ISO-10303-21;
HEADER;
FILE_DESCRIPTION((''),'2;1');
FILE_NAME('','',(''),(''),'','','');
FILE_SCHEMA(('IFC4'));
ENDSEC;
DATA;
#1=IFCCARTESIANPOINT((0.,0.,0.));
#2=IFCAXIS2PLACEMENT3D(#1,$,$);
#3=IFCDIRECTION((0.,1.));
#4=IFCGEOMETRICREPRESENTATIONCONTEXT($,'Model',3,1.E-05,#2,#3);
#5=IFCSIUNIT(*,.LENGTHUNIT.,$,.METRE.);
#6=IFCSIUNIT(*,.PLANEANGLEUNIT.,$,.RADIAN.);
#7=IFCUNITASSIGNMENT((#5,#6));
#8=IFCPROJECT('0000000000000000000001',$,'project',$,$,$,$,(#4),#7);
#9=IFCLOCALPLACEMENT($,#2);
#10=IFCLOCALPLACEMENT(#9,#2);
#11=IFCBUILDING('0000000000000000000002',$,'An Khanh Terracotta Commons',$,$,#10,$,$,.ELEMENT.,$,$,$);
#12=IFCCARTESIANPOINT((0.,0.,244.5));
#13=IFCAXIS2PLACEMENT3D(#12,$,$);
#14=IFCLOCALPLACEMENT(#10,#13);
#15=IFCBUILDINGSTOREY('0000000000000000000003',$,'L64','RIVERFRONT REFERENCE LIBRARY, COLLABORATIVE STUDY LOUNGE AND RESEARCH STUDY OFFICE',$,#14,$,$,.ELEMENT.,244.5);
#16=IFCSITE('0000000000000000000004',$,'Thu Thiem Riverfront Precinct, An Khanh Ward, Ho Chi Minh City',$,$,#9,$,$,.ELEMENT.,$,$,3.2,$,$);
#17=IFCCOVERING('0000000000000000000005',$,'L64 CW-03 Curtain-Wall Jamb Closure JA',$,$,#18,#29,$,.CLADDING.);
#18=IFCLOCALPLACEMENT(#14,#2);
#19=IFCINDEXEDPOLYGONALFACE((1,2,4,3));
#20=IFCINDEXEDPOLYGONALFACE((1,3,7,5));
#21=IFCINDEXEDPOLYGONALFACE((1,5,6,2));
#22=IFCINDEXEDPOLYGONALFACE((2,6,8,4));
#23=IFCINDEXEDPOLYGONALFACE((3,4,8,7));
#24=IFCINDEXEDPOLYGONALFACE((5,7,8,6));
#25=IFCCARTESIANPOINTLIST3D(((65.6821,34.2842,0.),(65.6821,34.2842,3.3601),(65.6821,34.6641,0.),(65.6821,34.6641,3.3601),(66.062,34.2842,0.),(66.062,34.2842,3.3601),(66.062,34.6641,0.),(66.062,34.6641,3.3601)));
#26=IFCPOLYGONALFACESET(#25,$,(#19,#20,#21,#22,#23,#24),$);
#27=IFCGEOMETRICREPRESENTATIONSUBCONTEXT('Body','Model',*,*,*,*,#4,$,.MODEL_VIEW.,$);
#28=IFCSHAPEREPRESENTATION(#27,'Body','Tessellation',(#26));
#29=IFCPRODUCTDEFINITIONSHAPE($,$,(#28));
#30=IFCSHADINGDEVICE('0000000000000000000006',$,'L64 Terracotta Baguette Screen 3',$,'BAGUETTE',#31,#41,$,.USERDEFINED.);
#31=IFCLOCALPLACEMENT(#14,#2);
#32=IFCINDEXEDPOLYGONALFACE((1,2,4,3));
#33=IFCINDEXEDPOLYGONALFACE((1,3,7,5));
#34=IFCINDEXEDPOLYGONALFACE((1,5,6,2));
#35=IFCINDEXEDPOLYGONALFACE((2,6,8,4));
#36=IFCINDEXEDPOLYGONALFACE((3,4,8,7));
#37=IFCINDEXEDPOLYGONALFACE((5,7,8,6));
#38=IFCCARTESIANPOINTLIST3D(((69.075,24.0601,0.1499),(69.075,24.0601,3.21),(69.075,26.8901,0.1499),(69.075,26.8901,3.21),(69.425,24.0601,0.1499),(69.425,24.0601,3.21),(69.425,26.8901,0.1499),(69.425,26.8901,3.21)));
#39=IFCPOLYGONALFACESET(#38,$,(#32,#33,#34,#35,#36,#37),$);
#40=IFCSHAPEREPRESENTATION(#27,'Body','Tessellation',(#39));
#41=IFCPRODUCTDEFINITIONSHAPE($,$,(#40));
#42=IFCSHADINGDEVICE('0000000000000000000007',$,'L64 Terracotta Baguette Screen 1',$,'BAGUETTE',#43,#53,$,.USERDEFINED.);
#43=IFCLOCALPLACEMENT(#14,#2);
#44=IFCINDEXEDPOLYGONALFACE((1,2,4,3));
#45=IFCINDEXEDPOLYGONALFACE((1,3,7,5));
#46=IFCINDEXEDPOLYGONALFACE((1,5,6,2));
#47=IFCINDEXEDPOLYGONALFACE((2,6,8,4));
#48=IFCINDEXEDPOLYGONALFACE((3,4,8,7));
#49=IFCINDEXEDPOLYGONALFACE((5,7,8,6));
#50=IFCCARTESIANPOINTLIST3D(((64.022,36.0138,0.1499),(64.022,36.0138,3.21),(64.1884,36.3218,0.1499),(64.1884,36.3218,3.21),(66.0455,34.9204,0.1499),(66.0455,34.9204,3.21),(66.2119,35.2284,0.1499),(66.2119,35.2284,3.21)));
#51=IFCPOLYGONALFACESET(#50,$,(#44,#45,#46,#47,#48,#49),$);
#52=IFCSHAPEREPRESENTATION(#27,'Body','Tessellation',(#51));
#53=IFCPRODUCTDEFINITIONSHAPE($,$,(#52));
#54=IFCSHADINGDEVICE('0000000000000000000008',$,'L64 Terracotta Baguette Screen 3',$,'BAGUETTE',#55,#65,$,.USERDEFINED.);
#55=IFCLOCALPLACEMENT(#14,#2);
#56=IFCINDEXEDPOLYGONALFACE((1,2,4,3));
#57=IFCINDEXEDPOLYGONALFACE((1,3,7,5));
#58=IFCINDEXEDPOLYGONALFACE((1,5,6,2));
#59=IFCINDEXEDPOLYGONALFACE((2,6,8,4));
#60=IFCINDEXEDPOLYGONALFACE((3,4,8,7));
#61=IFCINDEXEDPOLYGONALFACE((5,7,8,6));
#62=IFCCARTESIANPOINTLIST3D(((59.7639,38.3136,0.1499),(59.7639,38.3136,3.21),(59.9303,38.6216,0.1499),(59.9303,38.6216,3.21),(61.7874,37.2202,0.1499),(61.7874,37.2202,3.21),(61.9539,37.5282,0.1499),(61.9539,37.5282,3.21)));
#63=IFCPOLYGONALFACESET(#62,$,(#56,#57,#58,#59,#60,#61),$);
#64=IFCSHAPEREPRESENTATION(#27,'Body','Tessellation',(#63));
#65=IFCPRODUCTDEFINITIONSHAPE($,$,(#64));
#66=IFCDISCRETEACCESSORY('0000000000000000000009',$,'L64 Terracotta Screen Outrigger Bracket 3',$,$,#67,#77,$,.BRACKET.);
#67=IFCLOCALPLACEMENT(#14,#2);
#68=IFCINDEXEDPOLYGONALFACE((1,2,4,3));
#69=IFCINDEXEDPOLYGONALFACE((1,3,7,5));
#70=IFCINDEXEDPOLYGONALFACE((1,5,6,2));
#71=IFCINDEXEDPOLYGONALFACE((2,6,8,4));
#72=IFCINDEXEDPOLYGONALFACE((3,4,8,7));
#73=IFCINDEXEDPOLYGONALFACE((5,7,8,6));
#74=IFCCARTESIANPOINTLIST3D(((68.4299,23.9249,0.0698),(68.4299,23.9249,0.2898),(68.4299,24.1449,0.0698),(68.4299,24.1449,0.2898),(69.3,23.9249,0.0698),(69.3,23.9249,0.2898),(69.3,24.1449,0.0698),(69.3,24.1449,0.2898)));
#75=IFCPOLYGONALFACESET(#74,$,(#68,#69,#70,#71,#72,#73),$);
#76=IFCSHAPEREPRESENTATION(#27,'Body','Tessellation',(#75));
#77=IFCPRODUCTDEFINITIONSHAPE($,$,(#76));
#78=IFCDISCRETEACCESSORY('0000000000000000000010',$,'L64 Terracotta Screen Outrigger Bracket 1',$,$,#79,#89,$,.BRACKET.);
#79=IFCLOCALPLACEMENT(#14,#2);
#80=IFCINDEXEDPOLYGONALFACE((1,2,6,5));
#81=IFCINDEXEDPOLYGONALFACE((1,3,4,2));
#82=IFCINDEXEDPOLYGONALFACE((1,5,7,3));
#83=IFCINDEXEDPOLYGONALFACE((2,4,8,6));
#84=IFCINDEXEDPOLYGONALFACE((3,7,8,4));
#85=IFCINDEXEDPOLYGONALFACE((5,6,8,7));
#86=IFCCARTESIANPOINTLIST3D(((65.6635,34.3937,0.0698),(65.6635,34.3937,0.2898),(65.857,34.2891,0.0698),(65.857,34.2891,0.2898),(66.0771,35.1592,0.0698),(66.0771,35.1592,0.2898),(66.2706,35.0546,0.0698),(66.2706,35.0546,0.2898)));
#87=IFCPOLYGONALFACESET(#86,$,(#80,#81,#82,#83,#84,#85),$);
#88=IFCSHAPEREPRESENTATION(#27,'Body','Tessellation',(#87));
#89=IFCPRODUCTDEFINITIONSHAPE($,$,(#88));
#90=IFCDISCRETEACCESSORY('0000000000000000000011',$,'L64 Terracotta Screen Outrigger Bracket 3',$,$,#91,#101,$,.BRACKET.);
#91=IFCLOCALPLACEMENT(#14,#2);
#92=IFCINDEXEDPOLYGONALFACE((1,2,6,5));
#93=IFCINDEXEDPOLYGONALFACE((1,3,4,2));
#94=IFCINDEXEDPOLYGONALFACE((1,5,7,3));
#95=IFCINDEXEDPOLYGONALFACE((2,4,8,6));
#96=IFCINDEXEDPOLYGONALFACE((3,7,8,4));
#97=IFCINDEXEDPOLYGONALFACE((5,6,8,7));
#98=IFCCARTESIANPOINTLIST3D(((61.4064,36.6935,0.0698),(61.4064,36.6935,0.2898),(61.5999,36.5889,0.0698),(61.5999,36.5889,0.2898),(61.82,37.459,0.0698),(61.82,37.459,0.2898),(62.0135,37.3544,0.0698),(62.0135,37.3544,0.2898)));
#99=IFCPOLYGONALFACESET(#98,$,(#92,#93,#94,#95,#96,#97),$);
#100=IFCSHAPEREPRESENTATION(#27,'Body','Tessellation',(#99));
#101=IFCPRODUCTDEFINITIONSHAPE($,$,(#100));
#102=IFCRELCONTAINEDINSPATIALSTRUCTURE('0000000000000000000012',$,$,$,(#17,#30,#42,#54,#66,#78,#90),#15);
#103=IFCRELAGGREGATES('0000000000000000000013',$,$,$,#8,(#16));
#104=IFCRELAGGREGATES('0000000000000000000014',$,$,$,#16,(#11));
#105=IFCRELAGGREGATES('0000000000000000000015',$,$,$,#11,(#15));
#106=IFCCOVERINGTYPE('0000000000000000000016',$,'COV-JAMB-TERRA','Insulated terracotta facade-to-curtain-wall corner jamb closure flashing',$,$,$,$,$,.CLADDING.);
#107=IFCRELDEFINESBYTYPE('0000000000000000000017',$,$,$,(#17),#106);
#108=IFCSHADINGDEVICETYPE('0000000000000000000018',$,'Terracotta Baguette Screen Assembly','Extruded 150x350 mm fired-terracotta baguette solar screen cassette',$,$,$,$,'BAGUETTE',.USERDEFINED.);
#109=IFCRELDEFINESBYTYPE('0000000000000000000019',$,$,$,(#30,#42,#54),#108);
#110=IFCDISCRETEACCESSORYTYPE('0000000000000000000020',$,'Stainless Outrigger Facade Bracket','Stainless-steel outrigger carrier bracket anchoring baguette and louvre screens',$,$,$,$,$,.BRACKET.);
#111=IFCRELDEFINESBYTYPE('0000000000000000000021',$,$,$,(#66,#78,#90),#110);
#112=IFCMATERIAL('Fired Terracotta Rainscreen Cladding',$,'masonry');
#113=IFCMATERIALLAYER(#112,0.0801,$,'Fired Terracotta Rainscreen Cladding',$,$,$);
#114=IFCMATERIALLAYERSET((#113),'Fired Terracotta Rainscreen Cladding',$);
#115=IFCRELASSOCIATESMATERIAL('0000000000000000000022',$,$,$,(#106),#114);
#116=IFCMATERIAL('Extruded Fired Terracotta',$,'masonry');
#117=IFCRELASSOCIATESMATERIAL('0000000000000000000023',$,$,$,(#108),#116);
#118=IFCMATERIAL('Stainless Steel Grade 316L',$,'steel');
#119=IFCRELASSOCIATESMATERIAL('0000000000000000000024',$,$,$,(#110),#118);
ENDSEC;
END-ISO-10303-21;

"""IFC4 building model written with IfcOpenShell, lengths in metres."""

from ifc_helpers import new_model, si_unit, direction, frame, origin, origin_2d, place, context, subcontext, project, spatial, rectangle, extrude, material, layer, layer_set, type_object, element, save


model = new_model("IFC4")

# Units and contexts
model_context = context("Model", 3, precision=1e-05, world=origin(), true_north=direction((0.0, 1.0)))
body_context = subcontext(model_context, "Body", "Model", "MODEL_VIEW")
ifc_project = project(units=[si_unit("LENGTHUNIT", "METRE"), si_unit("PLANEANGLEUNIT", "RADIAN")], contexts=[model_context])

# Site, building, storey
site_placement = place(None, origin())
site = spatial("IfcSite", under=ifc_project, at=site_placement, Name="Thu Thiem Riverfront Precinct, An Khanh Ward, Ho Chi Minh City", CompositionType="ELEMENT", RefElevation=3.2)
building_placement = place(site_placement, origin())
building = spatial("IfcBuilding", under=site, at=building_placement, Name="An Khanh Terracotta Commons", CompositionType="ELEMENT")
storey_placement = place(building_placement, frame((0.0, 0.0, 244.5)))
storey = spatial("IfcBuildingStorey", under=building, at=storey_placement, Name="L64", Description="RIVERFRONT REFERENCE LIBRARY, COLLABORATIVE STUDY LOUNGE AND RESEARCH STUDY OFFICE", CompositionType="ELEMENT", Elevation=244.5)

# Covering
ifc_material_1 = material(Name="Fired Terracotta Rainscreen Cladding", Category="masonry")
ifc_layer_1 = layer(ifc_material_1, 0.0801, Name="Fired Terracotta Rainscreen Cladding")
ifc_layer_set_1 = layer_set([ifc_layer_1], Name="Fired Terracotta Rainscreen Cladding")
covering_type = type_object("IfcCoveringType", Name="COV-JAMB-TERRA", Description="Insulated terracotta facade-to-curtain-wall corner jamb closure flashing", PredefinedType="CLADDING", material=ifc_layer_set_1)
for number, where, z_axis, x_axis, name in (
    (1, (65.8721, 34.4741, 0.0), (0.0, 0.0, 1.0), (1.0, 0.0, 0.0), "L64 CW-03 Curtain-Wall Jamb Closure JA"),
):
    element("IfcCovering", number, at=place(storey_placement, frame(where, z_axis=z_axis, x_axis=x_axis)), inside=storey, type_object=covering_type, Name=name, PredefinedType="CLADDING", context=body_context, shape_type="SweptSolid", body=[
        extrude(rectangle(XDim=0.3799, YDim=0.3799, at=origin_2d()), origin(), (0.0, 0.0, 1.0), 3.3601),
    ])

# Shading devices
ifc_material_2 = material(Name="Extruded Fired Terracotta", Category="masonry")
shading_device_type = type_object("IfcShadingDeviceType", Name="Terracotta Baguette Screen Assembly", Description="Extruded 150x350 mm fired-terracotta baguette solar screen cassette", ElementType="BAGUETTE", PredefinedType="USERDEFINED", material=ifc_material_2)
shading_device_placement = place(storey_placement, frame((69.25, 25.4751, 0.1499), z_axis=(0.0, 0.0, 1.0), x_axis=(0.0, 1.0, 0.0)))
element("IfcShadingDevice", 2, at=shading_device_placement, inside=storey, type_object=shading_device_type, Name="L64 Terracotta Baguette Screen 3", ObjectType="BAGUETTE", PredefinedType="USERDEFINED", context=body_context, shape_type="SweptSolid", body=[
    extrude(rectangle(XDim=2.8301, YDim=0.3501, at=origin_2d()), origin(), (0.0, 0.0, 1.0), 3.0601),
])
for number, where, z_axis, x_axis, name in (
    (3, (65.1169, 35.6211, 0.1499), (0.0, 0.0, 1.0), (-0.87978, 0.475381, 0.0), "L64 Terracotta Baguette Screen 1"),
    (4, (60.8589, 37.9209, 0.1499), (0.0, 0.0, 1.0), (-0.87978, 0.475381, 0.0), "L64 Terracotta Baguette Screen 3"),
):
    element("IfcShadingDevice", number, at=place(storey_placement, frame(where, z_axis=z_axis, x_axis=x_axis)), inside=storey, type_object=shading_device_type, Name=name, ObjectType="BAGUETTE", PredefinedType="USERDEFINED", context=body_context, shape_type="SweptSolid", body=[
        extrude(rectangle(XDim=2.3, YDim=0.3501, at=origin_2d()), origin(), (0.0, 0.0, 1.0), 3.0601),
    ])

# Discrete accessories
ifc_material_3 = material(Name="Stainless Steel Grade 316L", Category="steel")
discrete_accessory_type = type_object("IfcDiscreteAccessoryType", Name="Stainless Outrigger Facade Bracket", Description="Stainless-steel outrigger carrier bracket anchoring baguette and louvre screens", PredefinedType="BRACKET", material=ifc_material_3)
for number, where, z_axis, x_axis, name in (
    (5, (68.865, 24.0349, 0.0698), (0.0, 0.0, 1.0), (0.0, 1.0, 0.0), "L64 Terracotta Screen Outrigger Bracket 3"),
    (6, (65.967, 34.7241, 0.0698), (0.0, 0.0, 1.0), (-0.87978, 0.475381, 0.0), "L64 Terracotta Screen Outrigger Bracket 1"),
    (7, (61.71, 37.0239, 0.0698), (0.0, 0.0, 1.0), (-0.87978, 0.475381, 0.0), "L64 Terracotta Screen Outrigger Bracket 3"),
):
    element("IfcDiscreteAccessory", number, at=place(storey_placement, frame(where, z_axis=z_axis, x_axis=x_axis)), inside=storey, type_object=discrete_accessory_type, Name=name, PredefinedType="BRACKET", context=body_context, shape_type="SweptSolid", body=[
        extrude(rectangle(XDim=0.22, YDim=0.8701, at=origin_2d()), origin(), (0.0, 0.0, 1.0), 0.22),
    ])

save(model, "model.ifc")
